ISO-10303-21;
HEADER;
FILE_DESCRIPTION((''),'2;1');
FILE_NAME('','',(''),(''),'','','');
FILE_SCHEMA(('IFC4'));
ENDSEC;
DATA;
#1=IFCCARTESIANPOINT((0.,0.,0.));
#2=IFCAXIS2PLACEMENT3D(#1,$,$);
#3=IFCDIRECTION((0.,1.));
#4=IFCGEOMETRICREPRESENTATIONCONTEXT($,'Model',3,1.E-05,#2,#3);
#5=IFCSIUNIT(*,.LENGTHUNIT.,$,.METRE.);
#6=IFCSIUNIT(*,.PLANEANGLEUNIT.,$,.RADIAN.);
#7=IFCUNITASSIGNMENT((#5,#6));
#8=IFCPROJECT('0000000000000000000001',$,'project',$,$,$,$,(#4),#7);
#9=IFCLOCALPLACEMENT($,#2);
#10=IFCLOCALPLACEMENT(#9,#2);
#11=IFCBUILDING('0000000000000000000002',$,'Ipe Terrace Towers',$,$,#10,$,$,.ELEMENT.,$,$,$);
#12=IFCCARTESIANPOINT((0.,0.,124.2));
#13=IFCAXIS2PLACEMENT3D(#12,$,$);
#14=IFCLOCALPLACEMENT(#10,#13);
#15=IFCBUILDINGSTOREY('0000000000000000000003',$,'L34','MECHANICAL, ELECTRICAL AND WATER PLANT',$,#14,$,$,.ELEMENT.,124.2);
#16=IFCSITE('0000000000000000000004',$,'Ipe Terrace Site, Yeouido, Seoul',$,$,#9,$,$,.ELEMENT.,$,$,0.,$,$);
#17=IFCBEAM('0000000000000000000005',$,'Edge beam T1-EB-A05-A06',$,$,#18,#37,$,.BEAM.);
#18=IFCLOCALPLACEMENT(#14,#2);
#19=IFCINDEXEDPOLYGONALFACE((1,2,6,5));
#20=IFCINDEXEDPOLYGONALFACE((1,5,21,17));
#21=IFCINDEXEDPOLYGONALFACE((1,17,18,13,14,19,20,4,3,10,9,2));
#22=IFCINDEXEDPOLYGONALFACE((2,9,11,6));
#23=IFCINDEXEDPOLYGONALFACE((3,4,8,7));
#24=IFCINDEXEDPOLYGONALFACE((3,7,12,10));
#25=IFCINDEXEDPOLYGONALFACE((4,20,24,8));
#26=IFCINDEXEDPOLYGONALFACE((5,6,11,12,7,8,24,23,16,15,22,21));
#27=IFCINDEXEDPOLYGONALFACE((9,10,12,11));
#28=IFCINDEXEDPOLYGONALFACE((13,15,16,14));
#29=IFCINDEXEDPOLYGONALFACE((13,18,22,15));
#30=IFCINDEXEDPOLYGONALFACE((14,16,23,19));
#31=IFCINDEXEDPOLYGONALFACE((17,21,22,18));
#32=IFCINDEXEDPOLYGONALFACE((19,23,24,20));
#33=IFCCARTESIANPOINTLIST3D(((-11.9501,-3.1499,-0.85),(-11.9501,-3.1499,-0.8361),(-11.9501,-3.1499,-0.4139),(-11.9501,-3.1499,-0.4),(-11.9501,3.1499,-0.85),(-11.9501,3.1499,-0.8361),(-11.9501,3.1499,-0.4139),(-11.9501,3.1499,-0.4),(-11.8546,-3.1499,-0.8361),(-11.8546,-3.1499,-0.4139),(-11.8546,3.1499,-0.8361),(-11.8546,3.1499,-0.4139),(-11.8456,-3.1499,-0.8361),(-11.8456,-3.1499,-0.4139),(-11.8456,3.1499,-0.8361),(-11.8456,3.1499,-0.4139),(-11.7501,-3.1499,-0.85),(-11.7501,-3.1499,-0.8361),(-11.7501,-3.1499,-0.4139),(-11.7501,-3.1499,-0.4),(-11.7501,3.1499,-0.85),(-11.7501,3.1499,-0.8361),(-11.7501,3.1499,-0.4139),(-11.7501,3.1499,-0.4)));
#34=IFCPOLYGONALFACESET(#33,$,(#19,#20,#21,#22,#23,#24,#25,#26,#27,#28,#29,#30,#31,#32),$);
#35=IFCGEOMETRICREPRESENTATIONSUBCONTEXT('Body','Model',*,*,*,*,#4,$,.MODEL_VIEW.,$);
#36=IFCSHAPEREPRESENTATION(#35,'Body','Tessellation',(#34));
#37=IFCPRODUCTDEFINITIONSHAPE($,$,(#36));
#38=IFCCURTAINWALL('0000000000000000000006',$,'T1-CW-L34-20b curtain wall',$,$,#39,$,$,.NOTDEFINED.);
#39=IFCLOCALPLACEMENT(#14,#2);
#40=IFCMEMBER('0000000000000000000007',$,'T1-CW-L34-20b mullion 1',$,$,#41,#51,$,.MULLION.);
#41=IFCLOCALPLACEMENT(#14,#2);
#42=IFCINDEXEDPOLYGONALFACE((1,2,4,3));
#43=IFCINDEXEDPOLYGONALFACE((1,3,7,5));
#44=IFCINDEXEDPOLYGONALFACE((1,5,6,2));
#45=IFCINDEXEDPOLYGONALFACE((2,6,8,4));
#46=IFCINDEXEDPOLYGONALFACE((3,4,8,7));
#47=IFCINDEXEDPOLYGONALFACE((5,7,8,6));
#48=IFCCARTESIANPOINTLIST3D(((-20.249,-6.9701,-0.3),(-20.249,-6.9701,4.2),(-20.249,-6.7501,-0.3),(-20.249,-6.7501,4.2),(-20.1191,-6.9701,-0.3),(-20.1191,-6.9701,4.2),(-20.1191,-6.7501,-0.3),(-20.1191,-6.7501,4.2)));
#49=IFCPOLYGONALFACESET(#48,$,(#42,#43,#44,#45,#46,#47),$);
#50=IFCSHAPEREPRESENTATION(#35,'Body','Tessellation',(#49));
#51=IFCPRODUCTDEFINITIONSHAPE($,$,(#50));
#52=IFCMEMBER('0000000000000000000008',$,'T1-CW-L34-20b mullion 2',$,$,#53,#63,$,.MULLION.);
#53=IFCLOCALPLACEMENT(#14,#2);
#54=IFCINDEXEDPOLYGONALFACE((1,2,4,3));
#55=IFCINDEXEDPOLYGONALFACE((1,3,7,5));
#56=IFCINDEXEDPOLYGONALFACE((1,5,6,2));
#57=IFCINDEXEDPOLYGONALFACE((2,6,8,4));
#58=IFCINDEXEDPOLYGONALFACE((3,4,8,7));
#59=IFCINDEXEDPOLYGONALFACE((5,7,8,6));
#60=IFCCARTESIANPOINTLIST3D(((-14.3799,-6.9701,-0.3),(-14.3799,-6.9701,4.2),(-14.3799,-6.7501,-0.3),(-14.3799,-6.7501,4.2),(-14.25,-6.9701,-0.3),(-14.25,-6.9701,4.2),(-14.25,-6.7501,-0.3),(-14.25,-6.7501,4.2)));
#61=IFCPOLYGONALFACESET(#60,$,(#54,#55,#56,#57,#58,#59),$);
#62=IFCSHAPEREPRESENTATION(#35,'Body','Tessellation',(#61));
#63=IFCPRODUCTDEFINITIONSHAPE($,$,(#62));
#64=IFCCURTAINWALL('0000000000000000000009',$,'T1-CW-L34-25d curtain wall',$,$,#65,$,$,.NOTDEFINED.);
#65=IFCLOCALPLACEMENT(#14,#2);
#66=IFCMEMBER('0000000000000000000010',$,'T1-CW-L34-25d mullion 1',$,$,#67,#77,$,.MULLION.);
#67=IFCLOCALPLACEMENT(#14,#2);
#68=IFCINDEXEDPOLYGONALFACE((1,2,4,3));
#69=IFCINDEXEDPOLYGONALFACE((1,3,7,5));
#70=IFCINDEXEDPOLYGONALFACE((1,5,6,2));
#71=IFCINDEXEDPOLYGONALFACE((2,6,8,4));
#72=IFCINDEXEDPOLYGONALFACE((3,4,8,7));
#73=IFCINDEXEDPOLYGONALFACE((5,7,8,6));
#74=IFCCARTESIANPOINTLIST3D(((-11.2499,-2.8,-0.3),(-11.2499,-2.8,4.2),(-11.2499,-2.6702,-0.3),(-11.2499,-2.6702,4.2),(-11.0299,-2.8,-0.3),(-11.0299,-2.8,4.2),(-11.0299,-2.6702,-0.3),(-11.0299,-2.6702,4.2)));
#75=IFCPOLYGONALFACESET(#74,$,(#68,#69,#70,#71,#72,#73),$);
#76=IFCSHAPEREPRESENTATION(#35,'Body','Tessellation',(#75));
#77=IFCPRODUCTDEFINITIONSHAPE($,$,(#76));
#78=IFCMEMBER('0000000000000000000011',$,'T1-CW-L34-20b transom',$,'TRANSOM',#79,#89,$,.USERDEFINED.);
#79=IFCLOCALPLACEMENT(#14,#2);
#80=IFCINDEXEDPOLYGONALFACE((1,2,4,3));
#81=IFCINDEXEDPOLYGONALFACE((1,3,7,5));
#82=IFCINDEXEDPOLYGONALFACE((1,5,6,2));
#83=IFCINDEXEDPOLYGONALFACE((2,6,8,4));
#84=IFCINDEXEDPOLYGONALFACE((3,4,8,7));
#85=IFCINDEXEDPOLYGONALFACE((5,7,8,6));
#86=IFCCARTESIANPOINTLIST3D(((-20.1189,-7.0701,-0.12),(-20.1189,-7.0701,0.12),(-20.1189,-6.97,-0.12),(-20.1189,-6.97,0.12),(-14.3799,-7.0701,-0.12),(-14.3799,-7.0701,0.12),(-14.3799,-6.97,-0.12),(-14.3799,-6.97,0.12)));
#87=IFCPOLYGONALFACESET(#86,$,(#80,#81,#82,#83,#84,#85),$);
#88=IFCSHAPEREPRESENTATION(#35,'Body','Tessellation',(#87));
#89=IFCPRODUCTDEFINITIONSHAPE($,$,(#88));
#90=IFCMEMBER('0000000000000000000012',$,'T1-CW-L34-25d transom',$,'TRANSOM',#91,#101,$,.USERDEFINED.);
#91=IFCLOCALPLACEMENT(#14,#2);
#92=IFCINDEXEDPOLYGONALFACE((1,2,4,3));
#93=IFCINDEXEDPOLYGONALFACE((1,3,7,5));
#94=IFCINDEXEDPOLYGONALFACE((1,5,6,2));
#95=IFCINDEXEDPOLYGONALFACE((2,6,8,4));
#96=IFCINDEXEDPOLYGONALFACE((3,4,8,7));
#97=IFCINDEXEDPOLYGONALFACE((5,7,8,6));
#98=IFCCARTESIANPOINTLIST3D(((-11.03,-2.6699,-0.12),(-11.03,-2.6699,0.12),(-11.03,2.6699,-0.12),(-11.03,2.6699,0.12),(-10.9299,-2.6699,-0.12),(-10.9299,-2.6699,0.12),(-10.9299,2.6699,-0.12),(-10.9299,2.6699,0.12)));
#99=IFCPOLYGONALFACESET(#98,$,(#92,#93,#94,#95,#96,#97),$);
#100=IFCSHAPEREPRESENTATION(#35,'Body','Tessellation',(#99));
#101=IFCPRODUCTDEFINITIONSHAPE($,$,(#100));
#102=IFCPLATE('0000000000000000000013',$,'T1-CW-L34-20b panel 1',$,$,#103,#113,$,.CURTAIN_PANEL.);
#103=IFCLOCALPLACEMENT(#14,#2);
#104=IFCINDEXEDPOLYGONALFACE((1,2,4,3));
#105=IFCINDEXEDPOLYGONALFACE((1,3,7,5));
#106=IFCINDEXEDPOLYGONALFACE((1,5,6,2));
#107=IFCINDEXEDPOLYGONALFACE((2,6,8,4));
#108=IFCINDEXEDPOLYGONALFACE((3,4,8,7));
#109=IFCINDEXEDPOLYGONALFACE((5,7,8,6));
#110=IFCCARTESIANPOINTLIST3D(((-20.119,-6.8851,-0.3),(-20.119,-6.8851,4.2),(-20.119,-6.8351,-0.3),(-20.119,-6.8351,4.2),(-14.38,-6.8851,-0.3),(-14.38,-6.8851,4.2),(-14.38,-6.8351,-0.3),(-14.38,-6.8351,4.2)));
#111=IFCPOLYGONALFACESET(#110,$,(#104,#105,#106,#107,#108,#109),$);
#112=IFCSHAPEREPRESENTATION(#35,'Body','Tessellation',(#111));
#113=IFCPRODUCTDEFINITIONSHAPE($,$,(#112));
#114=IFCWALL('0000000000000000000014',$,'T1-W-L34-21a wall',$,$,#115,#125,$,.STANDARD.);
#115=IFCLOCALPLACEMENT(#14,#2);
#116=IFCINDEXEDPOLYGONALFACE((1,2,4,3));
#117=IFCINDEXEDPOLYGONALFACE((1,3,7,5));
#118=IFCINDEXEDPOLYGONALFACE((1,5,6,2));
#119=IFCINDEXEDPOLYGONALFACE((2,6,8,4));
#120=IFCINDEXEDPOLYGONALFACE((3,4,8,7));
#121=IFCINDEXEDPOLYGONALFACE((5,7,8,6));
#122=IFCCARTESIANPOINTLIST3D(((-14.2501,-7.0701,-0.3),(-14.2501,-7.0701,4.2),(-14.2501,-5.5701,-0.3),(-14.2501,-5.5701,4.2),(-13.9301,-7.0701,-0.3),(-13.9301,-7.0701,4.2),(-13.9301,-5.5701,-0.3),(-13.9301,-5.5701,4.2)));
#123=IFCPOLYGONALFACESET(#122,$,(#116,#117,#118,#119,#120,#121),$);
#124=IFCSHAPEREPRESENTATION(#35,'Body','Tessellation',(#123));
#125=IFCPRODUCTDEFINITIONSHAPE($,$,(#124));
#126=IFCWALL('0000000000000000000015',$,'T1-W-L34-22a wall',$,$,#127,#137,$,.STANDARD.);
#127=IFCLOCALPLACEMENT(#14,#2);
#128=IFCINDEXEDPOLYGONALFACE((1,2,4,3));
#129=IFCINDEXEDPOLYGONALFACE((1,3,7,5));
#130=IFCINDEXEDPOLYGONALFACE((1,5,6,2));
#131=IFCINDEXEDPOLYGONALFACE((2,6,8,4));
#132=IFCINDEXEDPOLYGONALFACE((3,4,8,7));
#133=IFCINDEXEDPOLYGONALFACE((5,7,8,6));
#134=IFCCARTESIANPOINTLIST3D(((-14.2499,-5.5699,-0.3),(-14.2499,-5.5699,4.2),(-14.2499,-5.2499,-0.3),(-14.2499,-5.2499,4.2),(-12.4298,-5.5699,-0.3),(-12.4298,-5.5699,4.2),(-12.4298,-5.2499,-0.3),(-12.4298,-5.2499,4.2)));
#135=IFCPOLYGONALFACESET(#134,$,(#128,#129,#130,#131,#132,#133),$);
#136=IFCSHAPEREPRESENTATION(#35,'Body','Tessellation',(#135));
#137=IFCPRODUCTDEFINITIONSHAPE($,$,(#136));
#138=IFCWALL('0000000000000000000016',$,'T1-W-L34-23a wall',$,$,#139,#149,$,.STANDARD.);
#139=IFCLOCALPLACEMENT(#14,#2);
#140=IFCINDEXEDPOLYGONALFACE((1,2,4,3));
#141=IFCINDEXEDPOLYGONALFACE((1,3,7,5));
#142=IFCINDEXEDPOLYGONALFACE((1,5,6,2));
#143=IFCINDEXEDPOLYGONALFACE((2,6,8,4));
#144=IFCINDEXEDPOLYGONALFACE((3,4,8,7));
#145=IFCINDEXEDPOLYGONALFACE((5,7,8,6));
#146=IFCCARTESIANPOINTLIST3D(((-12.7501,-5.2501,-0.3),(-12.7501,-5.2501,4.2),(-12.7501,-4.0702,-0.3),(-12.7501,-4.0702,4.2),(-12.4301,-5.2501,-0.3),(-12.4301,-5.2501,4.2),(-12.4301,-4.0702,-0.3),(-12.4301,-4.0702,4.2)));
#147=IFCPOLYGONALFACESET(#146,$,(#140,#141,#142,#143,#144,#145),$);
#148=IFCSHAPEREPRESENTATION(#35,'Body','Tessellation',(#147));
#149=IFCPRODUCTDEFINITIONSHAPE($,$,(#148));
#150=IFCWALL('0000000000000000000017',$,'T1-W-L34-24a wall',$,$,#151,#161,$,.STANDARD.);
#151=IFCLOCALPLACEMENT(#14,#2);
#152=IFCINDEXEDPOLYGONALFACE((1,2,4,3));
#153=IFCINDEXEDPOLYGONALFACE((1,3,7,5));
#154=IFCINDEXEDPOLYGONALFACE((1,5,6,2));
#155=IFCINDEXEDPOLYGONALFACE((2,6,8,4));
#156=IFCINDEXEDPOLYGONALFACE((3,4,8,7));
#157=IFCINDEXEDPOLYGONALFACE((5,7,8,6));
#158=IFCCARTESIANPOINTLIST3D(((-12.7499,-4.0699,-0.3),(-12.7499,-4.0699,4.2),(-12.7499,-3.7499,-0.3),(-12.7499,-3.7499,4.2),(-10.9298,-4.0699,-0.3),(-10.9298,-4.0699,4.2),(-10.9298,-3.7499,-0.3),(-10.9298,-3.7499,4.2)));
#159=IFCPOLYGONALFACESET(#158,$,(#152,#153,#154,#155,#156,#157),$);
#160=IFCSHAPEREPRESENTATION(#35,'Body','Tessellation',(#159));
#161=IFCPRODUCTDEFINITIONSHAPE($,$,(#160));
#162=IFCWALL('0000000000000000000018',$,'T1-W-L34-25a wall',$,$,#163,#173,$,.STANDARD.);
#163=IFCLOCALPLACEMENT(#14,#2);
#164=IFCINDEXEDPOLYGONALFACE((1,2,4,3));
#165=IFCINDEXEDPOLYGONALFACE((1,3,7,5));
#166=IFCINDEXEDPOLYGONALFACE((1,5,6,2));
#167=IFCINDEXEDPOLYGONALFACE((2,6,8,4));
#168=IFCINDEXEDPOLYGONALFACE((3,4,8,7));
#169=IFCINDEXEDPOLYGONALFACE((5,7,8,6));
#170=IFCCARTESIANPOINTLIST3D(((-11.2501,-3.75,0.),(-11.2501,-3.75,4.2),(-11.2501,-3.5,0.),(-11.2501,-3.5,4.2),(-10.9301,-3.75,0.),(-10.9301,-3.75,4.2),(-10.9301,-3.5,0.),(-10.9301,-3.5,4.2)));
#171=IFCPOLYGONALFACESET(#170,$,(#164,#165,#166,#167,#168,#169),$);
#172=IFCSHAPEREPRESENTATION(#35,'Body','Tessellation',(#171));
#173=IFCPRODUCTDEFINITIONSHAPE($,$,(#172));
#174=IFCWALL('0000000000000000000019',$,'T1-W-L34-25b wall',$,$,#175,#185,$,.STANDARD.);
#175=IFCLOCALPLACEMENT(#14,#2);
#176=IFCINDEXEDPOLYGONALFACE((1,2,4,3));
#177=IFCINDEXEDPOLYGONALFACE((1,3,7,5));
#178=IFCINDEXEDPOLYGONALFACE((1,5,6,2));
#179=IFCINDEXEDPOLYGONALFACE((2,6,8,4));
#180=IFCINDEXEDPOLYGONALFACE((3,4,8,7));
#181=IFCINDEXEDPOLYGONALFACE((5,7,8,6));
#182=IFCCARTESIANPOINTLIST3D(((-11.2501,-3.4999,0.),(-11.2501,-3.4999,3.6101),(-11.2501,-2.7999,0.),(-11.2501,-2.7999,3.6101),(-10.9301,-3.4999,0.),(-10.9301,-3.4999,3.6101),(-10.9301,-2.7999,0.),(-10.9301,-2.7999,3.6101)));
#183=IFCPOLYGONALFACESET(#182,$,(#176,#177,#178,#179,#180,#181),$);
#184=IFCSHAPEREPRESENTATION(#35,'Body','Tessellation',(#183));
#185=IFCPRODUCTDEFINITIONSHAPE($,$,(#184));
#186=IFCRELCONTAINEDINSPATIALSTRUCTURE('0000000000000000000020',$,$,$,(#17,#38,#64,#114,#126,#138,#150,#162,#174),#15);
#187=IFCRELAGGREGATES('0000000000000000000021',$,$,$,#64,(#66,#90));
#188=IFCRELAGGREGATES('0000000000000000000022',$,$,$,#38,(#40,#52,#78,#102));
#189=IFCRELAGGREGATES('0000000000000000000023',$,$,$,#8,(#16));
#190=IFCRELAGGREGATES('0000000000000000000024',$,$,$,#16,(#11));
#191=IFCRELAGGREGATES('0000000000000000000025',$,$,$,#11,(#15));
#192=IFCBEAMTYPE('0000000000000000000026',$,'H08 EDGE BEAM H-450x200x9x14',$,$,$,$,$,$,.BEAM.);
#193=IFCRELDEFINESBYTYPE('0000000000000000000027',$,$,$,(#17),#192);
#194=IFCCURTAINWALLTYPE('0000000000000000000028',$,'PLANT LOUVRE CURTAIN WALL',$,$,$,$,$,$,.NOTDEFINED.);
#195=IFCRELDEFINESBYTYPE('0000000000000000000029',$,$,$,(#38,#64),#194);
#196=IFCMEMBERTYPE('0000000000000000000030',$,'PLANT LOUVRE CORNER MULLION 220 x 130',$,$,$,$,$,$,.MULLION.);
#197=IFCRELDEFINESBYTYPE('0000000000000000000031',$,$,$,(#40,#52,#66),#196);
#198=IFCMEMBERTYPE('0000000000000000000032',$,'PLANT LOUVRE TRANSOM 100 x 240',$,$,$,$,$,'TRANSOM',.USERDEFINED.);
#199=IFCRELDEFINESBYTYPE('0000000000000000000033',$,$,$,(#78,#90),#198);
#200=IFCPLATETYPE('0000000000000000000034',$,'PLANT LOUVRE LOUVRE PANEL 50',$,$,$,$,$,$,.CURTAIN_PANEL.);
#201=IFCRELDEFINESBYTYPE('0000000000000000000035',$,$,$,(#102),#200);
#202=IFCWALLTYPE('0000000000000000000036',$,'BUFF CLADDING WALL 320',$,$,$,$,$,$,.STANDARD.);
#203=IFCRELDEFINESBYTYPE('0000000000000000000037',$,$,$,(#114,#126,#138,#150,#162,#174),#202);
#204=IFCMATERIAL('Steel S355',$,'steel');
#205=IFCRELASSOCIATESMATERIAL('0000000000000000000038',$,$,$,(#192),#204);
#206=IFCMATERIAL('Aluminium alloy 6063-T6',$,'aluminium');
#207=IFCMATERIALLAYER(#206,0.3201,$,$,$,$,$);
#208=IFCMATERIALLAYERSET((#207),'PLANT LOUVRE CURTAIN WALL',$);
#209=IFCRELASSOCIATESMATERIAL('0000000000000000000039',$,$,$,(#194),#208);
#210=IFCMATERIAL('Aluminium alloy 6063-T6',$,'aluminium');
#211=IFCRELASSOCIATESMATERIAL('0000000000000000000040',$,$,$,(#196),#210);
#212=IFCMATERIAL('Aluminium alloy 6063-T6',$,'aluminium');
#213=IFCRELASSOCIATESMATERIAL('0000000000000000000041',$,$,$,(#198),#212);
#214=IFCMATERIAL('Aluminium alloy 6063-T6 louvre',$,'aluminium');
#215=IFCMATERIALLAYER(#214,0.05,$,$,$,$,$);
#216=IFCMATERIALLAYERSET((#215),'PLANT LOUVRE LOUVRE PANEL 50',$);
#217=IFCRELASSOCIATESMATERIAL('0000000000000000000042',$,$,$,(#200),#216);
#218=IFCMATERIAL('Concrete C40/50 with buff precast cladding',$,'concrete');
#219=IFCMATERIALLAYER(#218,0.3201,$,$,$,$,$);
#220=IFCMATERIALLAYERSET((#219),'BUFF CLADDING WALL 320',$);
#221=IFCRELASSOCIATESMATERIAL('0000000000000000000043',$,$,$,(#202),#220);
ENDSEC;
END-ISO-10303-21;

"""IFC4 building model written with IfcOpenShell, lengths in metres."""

from ifc_helpers import new_model, si_unit, direction, frame, frame_2d, origin, origin_2d, place, context, subcontext, project, spatial, rectangle, i_section, extrude, material, layer, layer_set, material_profile, profile_set, type_object, element, aggregate, save


model = new_model("IFC4")

# Units and contexts
model_context = context("Model", 3, precision=1e-05, world=origin(), true_north=direction((0.0, 1.0)))
body_context = subcontext(model_context, "Body", "Model", "MODEL_VIEW")
ifc_project = project(units=[si_unit("LENGTHUNIT", "METRE"), si_unit("PLANEANGLEUNIT", "RADIAN")], contexts=[model_context])

# Site, building, storey
site_placement = place(None, origin())
site = spatial("IfcSite", under=ifc_project, at=site_placement, Name="Ipe Terrace Site, Yeouido, Seoul", CompositionType="ELEMENT", RefElevation=0.0)
building_placement = place(site_placement, origin())
building = spatial("IfcBuilding", under=site, at=building_placement, Name="Ipe Terrace Towers", CompositionType="ELEMENT")
storey_placement = place(building_placement, frame((0.0, 0.0, 124.2)))
storey = spatial("IfcBuildingStorey", under=building, at=storey_placement, Name="L34", Description="MECHANICAL, ELECTRICAL AND WATER PLANT", CompositionType="ELEMENT", Elevation=124.2)

# Beam
ifc_material_1 = material(Name="Steel S355", Category="steel")
ifc_material_profile_1 = material_profile(ifc_material_1, i_section(OverallWidth=0.2, OverallDepth=0.45, WebThickness=0.009, FlangeThickness=0.0139, at=origin_2d()), Name="H-450x200x9x14")
ifc_profile_set_1 = profile_set([ifc_material_profile_1], Name="Steel S355")
beam_type_1 = type_object("IfcBeamType", Name="H08 EDGE BEAM H-450x200x9x14", PredefinedType="BEAM", material=ifc_profile_set_1)
beam_1_placement = place(storey_placement, frame((-11.8501, -3.1499, -0.625), z_axis=(0.0, 1.0, 0.0), x_axis=(-1.0, 0.0, 0.0)))
element("IfcBeam", 1, at=beam_1_placement, inside=storey, type_object=beam_type_1, Name="Edge beam T1-EB-A05-A06", PredefinedType="BEAM", context=body_context, shape_type="SweptSolid", body=[
    extrude(i_section(OverallWidth=0.2, OverallDepth=0.45, WebThickness=0.009, FlangeThickness=0.0139, at=origin_2d()), origin(), (0.0, 0.0, 1.0), 6.2998),
])

# Curtain wall, members
ifc_material_2 = material(Name="Aluminium alloy 6063-T6", Category="aluminium")
ifc_layer_1 = layer(ifc_material_2, 0.3201)
ifc_layer_set_1 = layer_set([ifc_layer_1], Name="PLANT LOUVRE CURTAIN WALL")
curtain_wall_type = type_object("IfcCurtainWallType", Name="PLANT LOUVRE CURTAIN WALL", PredefinedType="NOTDEFINED", material=ifc_layer_set_1)
curtain_wall_1_placement = place(storey_placement, origin())
curtain_wall_1 = element("IfcCurtainWall", 2, at=curtain_wall_1_placement, inside=storey, type_object=curtain_wall_type, Name="T1-CW-L34-20b curtain wall", PredefinedType="NOTDEFINED")
ifc_material_3 = material(Name="Aluminium alloy 6063-T6", Category="aluminium")
ifc_material_profile_2 = material_profile(ifc_material_3, rectangle(XDim=0.22, YDim=0.1299, at=origin_2d()), Name="PLANT LOUVRE CORNER MULLION 220 x 130")
ifc_profile_set_2 = profile_set([ifc_material_profile_2], Name="Aluminium alloy 6063-T6")
member_type_1 = type_object("IfcMemberType", Name="PLANT LOUVRE CORNER MULLION 220 x 130", PredefinedType="MULLION", material=ifc_profile_set_2)
member_1_placement = place(storey_placement, frame((-20.1841, -6.8601, -0.3), z_axis=(0.0, 0.0, 1.0), x_axis=(0.0, -1.0, 0.0)))
member_1 = element("IfcMember", 3, at=member_1_placement, type_object=member_type_1, Name="T1-CW-L34-20b mullion 1", PredefinedType="MULLION", context=body_context, shape_type="SweptSolid", body=[
    extrude(rectangle(XDim=0.22, YDim=0.1299, at=origin_2d()), origin(), (0.0, 0.0, 1.0), 4.5),
])
member_2_placement = place(storey_placement, frame((-14.3149, -6.8601, -0.3), z_axis=(0.0, 0.0, 1.0), x_axis=(0.0, -1.0, 0.0)))
member_2 = element("IfcMember", 4, at=member_2_placement, type_object=member_type_1, Name="T1-CW-L34-20b mullion 2", PredefinedType="MULLION", context=body_context, shape_type="SweptSolid", body=[
    extrude(rectangle(XDim=0.22, YDim=0.1299, at=origin_2d()), origin(), (0.0, 0.0, 1.0), 4.5),
])

# Curtain wall, member
curtain_wall_2_placement = place(storey_placement, origin())
curtain_wall_2 = element("IfcCurtainWall", 5, at=curtain_wall_2_placement, inside=storey, type_object=curtain_wall_type, Name="T1-CW-L34-25d curtain wall", PredefinedType="NOTDEFINED")
member_3_placement = place(storey_placement, frame((-11.1399, -2.7351, -0.3), z_axis=(0.0, 0.0, 1.0), x_axis=(1.0, 0.0, 0.0)))
member_3 = element("IfcMember", 6, at=member_3_placement, type_object=member_type_1, Name="T1-CW-L34-25d mullion 1", PredefinedType="MULLION", context=body_context, shape_type="SweptSolid", body=[
    extrude(rectangle(XDim=0.22, YDim=0.1299, at=origin_2d()), origin(), (0.0, 0.0, 1.0), 4.5),
])

# Members
ifc_material_4 = material(Name="Aluminium alloy 6063-T6", Category="aluminium")
ifc_material_profile_3 = material_profile(ifc_material_4, rectangle(XDim=0.1001, YDim=0.24, at=origin_2d()), Name="PLANT LOUVRE TRANSOM 100 x 240")
ifc_profile_set_3 = profile_set([ifc_material_profile_3], Name="Aluminium alloy 6063-T6")
member_type_2 = type_object("IfcMemberType", Name="PLANT LOUVRE TRANSOM 100 x 240", ElementType="TRANSOM", PredefinedType="USERDEFINED", material=ifc_profile_set_3)
member_4_placement = place(storey_placement, frame((-20.1189, -7.02, 0.0), z_axis=(1.0, 0.0, 0.0), x_axis=(0.0, -1.0, 0.0)))
member_4 = element("IfcMember", 7, at=member_4_placement, type_object=member_type_2, Name="T1-CW-L34-20b transom", ObjectType="TRANSOM", PredefinedType="USERDEFINED", context=body_context, shape_type="SweptSolid", body=[
    extrude(rectangle(XDim=0.1001, YDim=0.24, at=origin_2d()), origin(), (0.0, 0.0, 1.0), 5.739),
])
member_5_placement = place(storey_placement, frame((-10.98, -2.6699, 0.0), z_axis=(0.0, 1.0, 0.0), x_axis=(1.0, 0.0, 0.0)))
member_5 = element("IfcMember", 8, at=member_5_placement, type_object=member_type_2, Name="T1-CW-L34-25d transom", ObjectType="TRANSOM", PredefinedType="USERDEFINED", context=body_context, shape_type="SweptSolid", body=[
    extrude(rectangle(XDim=0.1001, YDim=0.24, at=origin_2d()), origin(), (0.0, 0.0, 1.0), 5.3398),
])
aggregate(curtain_wall_2, [member_3, member_5])

# Plate
ifc_material_5 = material(Name="Aluminium alloy 6063-T6 louvre", Category="aluminium")
ifc_layer_2 = layer(ifc_material_5, 0.05)
ifc_layer_set_2 = layer_set([ifc_layer_2], Name="PLANT LOUVRE LOUVRE PANEL 50")
plate_type = type_object("IfcPlateType", Name="PLANT LOUVRE LOUVRE PANEL 50", PredefinedType="CURTAIN_PANEL", material=ifc_layer_set_2)
plate_placement = place(storey_placement, frame((-17.2495, -6.8601, -0.3), z_axis=(0.0, 0.0, 1.0), x_axis=(1.0, 0.0, 0.0)))
plate = element("IfcPlate", 9, at=plate_placement, type_object=plate_type, Name="T1-CW-L34-20b panel 1", PredefinedType="CURTAIN_PANEL", context=body_context, shape_type="SweptSolid", body=[
    extrude(rectangle(XDim=5.739, YDim=0.05, at=origin_2d()), origin(), (0.0, 0.0, 1.0), 4.5),
])
aggregate(curtain_wall_1, [member_1, member_2, member_4, plate])

# Walls
ifc_material_6 = material(Name="Concrete C40/50 with buff precast cladding", Category="concrete")
ifc_layer_3 = layer(ifc_material_6, 0.3201)
ifc_layer_set_3 = layer_set([ifc_layer_3], Name="BUFF CLADDING WALL 320")
wall_type_1 = type_object("IfcWallType", Name="BUFF CLADDING WALL 320", PredefinedType="STANDARD", material=ifc_layer_set_3)
wall_1_placement = place(storey_placement, frame((-14.0901, -7.0701, -0.3), z_axis=(0.0, 0.0, 1.0), x_axis=(0.0, 1.0, 0.0)))
element("IfcWall", 10, at=wall_1_placement, inside=storey, type_object=wall_type_1, Name="T1-W-L34-21a wall", PredefinedType="STANDARD", context=body_context, shape_type="SweptSolid", body=[
    extrude(rectangle(XDim=1.5, YDim=0.3201, at=frame_2d((0.75, 0.0))), origin(), (0.0, 0.0, 1.0), 4.5),
])
wall_2_placement = place(storey_placement, frame((-14.25, -5.4099, -0.3), z_axis=(0.0, 0.0, 1.0), x_axis=(1.0, 0.0, 0.0)))
element("IfcWall", 11, at=wall_2_placement, inside=storey, type_object=wall_type_1, Name="T1-W-L34-22a wall", PredefinedType="STANDARD", context=body_context, shape_type="SweptSolid", body=[
    extrude(rectangle(XDim=1.8201, YDim=0.3201, at=frame_2d((0.9102, 0.0))), origin(), (0.0, 0.0, 1.0), 4.5),
])
wall_3_placement = place(storey_placement, frame((-12.5901, -5.25, -0.3), z_axis=(0.0, 0.0, 1.0), x_axis=(0.0, 1.0, 0.0)))
element("IfcWall", 12, at=wall_3_placement, inside=storey, type_object=wall_type_1, Name="T1-W-L34-23a wall", PredefinedType="STANDARD", context=body_context, shape_type="SweptSolid", body=[
    extrude(rectangle(XDim=1.1799, YDim=0.3201, at=frame_2d((0.5898, 0.0))), origin(), (0.0, 0.0, 1.0), 4.5),
])
wall_4_placement = place(storey_placement, frame((-12.75, -3.9099, -0.3), z_axis=(0.0, 0.0, 1.0), x_axis=(1.0, 0.0, 0.0)))
element("IfcWall", 13, at=wall_4_placement, inside=storey, type_object=wall_type_1, Name="T1-W-L34-24a wall", PredefinedType="STANDARD", context=body_context, shape_type="SweptSolid", body=[
    extrude(rectangle(XDim=1.8201, YDim=0.3201, at=frame_2d((0.9102, 0.0))), origin(), (0.0, 0.0, 1.0), 4.5),
])
wall_5_placement = place(storey_placement, frame((-11.0901, -3.75, 0.0), z_axis=(0.0, 0.0, 1.0), x_axis=(0.0, 1.0, 0.0)))
element("IfcWall", 14, at=wall_5_placement, inside=storey, type_object=wall_type_1, Name="T1-W-L34-25a wall", PredefinedType="STANDARD", context=body_context, shape_type="SweptSolid", body=[
    extrude(rectangle(XDim=0.25, YDim=0.3201, at=frame_2d((0.125, 0.0))), origin(), (0.0, 0.0, 1.0), 4.2),
])
wall_6_placement = place(storey_placement, frame((-11.0901, -3.5, 0.0), z_axis=(0.0, 0.0, 1.0), x_axis=(0.0, 1.0, 0.0)))
element("IfcWall", 15, at=wall_6_placement, inside=storey, type_object=wall_type_1, Name="T1-W-L34-25b wall", PredefinedType="STANDARD", context=body_context, shape_type="SweptSolid", body=[
    extrude(rectangle(XDim=0.7, YDim=0.3201, at=frame_2d((0.3501, 0.0))), origin(), (0.0, 0.0, 1.0), 3.6101),
])

save(model, "model.ifc")
